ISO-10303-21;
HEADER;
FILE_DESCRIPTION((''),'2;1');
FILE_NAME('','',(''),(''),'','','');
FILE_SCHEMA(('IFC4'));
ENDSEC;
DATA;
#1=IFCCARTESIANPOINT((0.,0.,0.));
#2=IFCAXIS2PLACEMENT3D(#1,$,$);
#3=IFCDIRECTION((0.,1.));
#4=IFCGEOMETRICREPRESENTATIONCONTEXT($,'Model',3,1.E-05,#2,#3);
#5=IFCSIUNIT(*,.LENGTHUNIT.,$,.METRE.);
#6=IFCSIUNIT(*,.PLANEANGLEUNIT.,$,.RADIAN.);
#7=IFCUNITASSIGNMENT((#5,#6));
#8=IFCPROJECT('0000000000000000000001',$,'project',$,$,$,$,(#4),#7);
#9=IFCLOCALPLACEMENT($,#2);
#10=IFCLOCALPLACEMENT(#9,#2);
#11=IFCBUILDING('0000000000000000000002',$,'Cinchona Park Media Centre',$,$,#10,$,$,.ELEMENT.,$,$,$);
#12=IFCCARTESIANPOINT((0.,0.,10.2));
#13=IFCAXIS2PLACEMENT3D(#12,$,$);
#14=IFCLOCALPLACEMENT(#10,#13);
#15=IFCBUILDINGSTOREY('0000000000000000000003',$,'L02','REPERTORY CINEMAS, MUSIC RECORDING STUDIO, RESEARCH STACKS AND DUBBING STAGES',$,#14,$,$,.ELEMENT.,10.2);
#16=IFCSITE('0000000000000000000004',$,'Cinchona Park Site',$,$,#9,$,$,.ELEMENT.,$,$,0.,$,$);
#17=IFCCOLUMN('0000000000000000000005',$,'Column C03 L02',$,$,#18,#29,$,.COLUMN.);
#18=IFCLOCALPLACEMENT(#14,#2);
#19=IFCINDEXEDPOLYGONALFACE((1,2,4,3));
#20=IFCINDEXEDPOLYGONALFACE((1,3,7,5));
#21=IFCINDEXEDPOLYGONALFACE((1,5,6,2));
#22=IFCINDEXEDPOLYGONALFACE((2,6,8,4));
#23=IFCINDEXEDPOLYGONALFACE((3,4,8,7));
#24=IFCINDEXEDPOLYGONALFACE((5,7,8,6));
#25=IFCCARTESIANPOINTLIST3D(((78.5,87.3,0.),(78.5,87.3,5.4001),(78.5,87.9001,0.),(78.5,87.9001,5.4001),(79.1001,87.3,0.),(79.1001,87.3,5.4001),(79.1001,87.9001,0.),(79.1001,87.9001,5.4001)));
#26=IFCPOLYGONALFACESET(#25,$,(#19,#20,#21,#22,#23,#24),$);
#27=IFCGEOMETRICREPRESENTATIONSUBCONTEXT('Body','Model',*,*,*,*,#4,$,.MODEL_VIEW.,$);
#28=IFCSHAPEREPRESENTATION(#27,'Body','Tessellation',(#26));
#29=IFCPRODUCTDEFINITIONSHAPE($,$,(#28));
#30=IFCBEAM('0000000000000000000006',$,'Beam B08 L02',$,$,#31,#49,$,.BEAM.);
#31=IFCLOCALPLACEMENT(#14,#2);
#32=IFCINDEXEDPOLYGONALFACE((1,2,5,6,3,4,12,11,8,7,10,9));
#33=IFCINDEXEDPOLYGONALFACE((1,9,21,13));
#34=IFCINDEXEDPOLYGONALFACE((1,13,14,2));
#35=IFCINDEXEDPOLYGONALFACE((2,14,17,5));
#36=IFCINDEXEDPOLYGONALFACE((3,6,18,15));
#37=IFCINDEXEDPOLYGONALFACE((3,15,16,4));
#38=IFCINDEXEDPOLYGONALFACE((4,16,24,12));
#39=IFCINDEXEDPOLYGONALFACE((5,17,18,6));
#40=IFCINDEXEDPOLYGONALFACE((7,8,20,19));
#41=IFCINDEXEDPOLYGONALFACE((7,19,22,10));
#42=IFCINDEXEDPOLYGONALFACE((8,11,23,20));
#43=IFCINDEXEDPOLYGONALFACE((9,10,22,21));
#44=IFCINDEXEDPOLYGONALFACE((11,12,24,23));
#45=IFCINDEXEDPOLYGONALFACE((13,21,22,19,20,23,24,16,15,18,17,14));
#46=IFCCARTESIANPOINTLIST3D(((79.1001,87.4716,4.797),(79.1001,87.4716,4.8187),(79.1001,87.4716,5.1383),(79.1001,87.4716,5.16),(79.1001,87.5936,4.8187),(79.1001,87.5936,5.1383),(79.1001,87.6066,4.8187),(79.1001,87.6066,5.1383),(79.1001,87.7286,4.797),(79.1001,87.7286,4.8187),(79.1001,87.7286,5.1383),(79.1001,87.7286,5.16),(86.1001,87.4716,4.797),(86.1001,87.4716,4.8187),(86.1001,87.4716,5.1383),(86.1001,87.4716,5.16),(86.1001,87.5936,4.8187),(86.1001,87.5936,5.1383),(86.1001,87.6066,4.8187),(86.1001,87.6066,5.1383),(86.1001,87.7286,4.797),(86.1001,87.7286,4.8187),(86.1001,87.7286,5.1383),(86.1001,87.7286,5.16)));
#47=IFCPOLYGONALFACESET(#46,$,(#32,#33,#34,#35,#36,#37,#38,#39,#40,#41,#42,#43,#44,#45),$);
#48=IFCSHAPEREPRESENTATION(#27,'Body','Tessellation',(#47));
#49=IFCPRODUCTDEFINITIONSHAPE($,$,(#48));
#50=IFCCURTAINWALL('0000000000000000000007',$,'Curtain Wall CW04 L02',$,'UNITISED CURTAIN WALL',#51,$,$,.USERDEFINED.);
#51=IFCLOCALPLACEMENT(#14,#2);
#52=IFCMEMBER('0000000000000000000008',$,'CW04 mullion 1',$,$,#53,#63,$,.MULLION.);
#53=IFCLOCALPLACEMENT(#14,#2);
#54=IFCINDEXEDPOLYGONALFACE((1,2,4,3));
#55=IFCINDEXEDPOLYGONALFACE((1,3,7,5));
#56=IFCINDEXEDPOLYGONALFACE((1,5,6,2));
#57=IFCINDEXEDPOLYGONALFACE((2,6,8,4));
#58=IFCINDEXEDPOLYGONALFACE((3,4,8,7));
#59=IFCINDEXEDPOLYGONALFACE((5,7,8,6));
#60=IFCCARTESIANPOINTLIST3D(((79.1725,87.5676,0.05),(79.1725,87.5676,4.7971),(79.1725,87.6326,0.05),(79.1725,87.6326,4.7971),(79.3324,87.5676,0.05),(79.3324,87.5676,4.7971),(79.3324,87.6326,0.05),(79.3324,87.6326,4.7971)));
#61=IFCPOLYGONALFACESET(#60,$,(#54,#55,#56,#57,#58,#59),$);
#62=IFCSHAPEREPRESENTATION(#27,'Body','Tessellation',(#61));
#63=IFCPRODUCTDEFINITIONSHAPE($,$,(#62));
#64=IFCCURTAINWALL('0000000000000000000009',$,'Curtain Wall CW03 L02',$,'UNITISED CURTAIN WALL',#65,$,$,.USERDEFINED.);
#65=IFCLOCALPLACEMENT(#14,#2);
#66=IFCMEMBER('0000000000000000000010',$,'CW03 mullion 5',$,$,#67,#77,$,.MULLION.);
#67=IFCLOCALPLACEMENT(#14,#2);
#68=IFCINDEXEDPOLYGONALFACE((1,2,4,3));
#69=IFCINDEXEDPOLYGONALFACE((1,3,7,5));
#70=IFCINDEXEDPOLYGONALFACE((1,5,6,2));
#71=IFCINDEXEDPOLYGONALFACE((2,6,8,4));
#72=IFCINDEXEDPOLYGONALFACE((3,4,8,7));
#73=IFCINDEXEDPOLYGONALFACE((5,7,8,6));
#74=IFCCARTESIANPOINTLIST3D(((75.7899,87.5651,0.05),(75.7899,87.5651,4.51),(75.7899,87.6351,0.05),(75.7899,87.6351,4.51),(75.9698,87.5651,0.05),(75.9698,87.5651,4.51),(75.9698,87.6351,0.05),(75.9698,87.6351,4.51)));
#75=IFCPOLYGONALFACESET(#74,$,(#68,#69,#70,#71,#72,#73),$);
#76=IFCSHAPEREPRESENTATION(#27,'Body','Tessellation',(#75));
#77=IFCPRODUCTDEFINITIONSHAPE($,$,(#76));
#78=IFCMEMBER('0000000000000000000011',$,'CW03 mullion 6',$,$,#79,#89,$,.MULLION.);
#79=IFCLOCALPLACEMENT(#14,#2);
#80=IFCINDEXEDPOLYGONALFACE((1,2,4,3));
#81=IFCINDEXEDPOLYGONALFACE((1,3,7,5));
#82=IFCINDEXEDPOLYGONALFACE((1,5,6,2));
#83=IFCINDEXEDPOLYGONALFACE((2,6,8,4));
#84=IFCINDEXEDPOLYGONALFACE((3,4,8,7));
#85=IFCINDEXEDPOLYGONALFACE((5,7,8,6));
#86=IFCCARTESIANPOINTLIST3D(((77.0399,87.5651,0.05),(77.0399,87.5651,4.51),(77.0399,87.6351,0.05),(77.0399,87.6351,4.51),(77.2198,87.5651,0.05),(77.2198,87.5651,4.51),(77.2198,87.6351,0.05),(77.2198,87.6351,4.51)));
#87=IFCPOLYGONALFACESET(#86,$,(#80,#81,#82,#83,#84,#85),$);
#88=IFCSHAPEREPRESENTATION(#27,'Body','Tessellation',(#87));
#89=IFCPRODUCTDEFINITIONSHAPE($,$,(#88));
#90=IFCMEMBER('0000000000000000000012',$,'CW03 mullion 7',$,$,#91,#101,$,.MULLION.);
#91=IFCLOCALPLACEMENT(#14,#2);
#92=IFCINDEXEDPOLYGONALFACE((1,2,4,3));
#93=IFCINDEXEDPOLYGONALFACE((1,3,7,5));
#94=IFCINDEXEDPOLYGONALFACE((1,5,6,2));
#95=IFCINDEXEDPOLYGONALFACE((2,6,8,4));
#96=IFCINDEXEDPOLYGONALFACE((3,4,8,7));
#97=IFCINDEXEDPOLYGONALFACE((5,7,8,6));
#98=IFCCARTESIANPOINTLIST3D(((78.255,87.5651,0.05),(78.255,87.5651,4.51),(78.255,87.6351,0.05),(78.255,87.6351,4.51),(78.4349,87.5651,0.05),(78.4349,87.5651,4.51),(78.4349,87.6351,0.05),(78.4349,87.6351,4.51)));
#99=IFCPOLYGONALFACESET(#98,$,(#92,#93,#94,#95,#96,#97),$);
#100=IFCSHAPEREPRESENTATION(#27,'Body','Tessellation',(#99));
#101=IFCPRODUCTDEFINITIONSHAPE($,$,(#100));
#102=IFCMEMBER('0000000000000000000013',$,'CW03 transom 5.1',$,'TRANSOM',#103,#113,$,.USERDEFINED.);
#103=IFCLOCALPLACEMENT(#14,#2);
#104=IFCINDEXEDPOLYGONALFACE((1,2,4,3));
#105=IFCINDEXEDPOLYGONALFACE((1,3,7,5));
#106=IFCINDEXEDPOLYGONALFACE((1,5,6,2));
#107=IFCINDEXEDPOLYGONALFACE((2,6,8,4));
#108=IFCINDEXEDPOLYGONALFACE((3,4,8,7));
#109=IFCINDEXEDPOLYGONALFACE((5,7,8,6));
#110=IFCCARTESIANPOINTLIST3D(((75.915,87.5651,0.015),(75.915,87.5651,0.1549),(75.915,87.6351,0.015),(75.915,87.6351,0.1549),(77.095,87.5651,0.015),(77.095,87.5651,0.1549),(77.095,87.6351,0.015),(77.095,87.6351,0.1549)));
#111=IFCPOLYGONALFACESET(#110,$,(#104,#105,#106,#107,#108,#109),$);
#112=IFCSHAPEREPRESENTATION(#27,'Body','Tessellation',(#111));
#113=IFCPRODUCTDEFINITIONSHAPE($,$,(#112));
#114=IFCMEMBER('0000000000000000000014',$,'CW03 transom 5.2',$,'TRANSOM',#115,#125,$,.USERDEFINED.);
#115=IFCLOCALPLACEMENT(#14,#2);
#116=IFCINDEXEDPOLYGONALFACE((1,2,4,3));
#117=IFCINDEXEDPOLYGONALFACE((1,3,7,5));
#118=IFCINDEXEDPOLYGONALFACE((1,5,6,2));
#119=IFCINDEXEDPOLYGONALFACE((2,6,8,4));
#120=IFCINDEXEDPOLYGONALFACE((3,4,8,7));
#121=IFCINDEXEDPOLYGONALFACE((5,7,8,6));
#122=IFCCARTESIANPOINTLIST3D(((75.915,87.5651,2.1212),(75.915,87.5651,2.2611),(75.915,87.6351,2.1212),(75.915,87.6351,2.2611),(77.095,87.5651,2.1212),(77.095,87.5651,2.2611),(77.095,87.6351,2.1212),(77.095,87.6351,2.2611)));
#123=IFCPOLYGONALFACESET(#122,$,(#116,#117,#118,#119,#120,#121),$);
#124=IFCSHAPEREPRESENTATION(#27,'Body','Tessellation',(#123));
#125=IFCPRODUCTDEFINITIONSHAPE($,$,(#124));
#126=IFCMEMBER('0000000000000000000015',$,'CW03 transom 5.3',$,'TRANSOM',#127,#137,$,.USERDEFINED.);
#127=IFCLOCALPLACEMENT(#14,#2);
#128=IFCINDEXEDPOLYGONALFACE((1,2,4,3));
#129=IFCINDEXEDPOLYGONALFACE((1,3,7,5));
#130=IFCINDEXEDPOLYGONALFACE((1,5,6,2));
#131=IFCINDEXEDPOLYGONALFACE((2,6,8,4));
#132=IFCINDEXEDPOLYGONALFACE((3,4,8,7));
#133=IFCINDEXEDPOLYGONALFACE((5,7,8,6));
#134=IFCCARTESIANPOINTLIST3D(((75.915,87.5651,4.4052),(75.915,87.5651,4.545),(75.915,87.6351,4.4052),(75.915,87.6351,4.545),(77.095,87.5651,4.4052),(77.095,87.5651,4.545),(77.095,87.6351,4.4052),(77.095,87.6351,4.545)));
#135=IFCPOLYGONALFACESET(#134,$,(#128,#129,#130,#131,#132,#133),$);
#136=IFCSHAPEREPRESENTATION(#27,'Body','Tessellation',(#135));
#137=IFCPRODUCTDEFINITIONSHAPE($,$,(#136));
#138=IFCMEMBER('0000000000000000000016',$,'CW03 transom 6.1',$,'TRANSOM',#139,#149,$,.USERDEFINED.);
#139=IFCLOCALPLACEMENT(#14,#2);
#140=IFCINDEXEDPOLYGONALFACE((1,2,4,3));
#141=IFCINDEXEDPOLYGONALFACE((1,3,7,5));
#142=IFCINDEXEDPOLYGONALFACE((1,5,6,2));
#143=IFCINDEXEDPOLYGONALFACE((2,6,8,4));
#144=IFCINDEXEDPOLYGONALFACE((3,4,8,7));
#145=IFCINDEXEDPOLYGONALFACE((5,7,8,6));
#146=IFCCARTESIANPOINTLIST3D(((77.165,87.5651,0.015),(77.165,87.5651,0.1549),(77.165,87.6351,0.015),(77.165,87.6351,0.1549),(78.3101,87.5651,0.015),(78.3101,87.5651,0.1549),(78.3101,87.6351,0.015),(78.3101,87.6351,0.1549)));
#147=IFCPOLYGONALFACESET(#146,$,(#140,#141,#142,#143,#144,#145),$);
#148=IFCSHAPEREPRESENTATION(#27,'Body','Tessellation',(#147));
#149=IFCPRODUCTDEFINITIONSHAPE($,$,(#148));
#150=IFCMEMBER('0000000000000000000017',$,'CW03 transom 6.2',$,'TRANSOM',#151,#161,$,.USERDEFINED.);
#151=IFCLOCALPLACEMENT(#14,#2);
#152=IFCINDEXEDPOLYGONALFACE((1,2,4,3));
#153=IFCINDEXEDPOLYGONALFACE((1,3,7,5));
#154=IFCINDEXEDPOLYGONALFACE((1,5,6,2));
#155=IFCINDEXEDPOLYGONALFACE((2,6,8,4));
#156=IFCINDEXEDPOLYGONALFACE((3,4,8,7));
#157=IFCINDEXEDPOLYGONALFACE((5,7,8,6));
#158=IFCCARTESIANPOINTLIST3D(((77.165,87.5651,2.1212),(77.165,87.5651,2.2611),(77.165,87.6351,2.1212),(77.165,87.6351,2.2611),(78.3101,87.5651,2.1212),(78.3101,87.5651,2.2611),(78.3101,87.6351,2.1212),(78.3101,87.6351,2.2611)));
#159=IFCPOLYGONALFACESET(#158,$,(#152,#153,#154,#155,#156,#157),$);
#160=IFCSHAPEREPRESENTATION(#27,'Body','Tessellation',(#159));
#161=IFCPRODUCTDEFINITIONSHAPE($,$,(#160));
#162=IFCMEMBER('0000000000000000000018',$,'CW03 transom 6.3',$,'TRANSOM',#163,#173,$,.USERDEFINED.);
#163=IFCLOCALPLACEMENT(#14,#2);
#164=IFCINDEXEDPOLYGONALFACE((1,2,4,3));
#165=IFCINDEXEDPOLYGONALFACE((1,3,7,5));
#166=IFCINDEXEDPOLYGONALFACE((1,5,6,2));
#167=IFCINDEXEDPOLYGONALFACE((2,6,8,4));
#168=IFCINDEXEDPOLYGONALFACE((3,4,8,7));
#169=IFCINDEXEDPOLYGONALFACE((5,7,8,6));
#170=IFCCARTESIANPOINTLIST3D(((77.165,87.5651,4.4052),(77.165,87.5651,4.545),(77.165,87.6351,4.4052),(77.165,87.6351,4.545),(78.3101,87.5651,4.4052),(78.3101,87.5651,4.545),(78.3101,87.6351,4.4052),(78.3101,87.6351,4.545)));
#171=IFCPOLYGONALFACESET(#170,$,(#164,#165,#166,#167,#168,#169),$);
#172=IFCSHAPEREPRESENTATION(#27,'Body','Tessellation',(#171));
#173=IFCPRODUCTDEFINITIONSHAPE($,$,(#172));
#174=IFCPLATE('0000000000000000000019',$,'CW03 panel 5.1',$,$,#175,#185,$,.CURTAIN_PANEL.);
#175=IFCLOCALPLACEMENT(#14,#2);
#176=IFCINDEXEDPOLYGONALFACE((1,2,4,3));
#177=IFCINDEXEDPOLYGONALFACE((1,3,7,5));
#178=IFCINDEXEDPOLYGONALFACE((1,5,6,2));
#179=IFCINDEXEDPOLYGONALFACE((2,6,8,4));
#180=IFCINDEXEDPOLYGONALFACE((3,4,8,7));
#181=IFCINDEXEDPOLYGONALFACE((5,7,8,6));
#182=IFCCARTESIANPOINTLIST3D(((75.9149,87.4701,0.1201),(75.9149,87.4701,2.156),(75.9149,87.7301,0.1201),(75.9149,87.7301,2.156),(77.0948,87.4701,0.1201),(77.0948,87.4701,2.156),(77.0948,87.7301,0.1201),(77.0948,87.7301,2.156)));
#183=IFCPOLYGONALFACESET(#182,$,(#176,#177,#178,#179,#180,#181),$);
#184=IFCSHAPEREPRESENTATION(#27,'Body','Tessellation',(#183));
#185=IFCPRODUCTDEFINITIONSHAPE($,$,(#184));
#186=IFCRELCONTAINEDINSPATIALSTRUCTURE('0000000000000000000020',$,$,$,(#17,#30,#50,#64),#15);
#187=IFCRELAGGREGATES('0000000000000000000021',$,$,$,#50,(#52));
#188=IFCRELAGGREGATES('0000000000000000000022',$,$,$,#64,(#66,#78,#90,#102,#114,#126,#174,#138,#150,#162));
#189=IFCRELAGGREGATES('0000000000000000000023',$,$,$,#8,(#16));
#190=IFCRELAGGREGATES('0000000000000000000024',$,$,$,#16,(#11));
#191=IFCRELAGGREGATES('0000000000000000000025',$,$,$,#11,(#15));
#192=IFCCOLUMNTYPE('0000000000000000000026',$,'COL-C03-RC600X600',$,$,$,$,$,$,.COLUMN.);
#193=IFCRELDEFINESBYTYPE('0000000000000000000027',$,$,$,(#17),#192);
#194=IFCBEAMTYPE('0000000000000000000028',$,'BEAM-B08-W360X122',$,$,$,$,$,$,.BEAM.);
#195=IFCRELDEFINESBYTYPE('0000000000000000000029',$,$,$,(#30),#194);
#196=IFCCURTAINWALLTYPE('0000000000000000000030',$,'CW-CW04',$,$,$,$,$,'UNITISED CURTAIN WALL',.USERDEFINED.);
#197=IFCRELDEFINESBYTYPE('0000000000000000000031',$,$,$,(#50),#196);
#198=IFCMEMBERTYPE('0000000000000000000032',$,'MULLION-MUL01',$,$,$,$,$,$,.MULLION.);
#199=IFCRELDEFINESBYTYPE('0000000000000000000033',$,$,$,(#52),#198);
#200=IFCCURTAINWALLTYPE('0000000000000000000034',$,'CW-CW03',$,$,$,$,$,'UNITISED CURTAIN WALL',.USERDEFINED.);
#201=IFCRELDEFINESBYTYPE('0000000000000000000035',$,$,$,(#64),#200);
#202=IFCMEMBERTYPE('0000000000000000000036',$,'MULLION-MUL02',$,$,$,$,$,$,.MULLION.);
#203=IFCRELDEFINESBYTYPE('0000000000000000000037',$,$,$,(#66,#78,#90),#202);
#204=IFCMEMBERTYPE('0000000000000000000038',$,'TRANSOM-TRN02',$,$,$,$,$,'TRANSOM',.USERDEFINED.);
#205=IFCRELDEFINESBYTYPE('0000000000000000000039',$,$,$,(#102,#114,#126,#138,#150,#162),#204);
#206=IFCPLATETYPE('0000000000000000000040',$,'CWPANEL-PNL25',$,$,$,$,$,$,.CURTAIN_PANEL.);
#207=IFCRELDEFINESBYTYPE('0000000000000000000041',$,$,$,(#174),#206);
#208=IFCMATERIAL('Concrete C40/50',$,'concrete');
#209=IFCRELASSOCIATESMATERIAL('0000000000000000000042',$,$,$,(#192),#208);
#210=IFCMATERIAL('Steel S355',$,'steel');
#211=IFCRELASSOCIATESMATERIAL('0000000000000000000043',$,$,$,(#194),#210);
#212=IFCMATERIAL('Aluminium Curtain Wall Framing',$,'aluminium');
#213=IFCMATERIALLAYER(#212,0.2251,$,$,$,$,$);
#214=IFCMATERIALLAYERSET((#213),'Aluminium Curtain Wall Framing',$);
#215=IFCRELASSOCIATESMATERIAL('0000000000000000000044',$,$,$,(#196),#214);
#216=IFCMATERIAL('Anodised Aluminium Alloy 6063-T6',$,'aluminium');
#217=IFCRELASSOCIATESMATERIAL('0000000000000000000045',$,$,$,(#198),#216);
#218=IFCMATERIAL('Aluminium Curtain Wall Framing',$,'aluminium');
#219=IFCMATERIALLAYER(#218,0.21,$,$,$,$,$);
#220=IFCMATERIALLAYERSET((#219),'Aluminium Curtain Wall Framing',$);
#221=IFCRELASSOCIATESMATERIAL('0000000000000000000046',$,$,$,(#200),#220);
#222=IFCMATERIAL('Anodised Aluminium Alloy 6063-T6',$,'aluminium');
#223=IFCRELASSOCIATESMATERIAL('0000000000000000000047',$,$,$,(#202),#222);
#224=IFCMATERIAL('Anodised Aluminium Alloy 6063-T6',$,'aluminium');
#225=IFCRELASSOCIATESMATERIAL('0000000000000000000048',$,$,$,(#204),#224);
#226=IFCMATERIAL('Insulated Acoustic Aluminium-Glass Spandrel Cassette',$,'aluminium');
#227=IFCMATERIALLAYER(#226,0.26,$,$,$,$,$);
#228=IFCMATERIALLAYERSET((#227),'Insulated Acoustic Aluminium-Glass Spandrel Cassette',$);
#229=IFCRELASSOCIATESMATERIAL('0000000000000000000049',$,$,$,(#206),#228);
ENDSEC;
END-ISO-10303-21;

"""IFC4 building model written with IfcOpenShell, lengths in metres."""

from ifc_helpers import new_model, si_unit, direction, frame, origin, origin_2d, place, context, subcontext, project, spatial, rectangle, i_section, extrude, material, layer, layer_set, material_profile, profile_set, type_object, element, aggregate, save


model = new_model("IFC4")

# Units and contexts
model_context = context("Model", 3, precision=1e-05, world=origin(), true_north=direction((0.0, 1.0)))
body_context = subcontext(model_context, "Body", "Model", "MODEL_VIEW")
ifc_project = project(units=[si_unit("LENGTHUNIT", "METRE"), si_unit("PLANEANGLEUNIT", "RADIAN")], contexts=[model_context])

# Site, building, storey
site_placement = place(None, origin())
site = spatial("IfcSite", under=ifc_project, at=site_placement, Name="Cinchona Park Site", CompositionType="ELEMENT", RefElevation=0.0)
building_placement = place(site_placement, origin())
building = spatial("IfcBuilding", under=site, at=building_placement, Name="Cinchona Park Media Centre", CompositionType="ELEMENT")
storey_placement = place(building_placement, frame((0.0, 0.0, 10.2)))
storey = spatial("IfcBuildingStorey", under=building, at=storey_placement, Name="L02", Description="REPERTORY CINEMAS, MUSIC RECORDING STUDIO, RESEARCH STACKS AND DUBBING STAGES", CompositionType="ELEMENT", Elevation=10.2)

# Column
ifc_material_1 = material(Name="Concrete C40/50", Category="concrete")
ifc_material_profile_1 = material_profile(ifc_material_1, rectangle(XDim=0.6001, YDim=0.6001, at=origin_2d()), Name="RC 600X600")
ifc_profile_set_1 = profile_set([ifc_material_profile_1], Name="Concrete C40/50")
column_type = type_object("IfcColumnType", Name="COL-C03-RC600X600", PredefinedType="COLUMN", material=ifc_profile_set_1)
column_placement = place(storey_placement, frame((78.8, 87.6001, 0.0), z_axis=(0.0, 0.0, 1.0), x_axis=(1.0, 0.0, 0.0)))
element("IfcColumn", 1, at=column_placement, inside=storey, type_object=column_type, Name="Column C03 L02", PredefinedType="COLUMN", context=body_context, shape_type="SweptSolid", body=[
    extrude(rectangle(XDim=0.6001, YDim=0.6001, at=origin_2d()), origin(), (0.0, 0.0, 1.0), 5.4001),
])

# Beam
ifc_material_2 = material(Name="Steel S355", Category="steel")
ifc_material_profile_2 = material_profile(ifc_material_2, i_section(OverallWidth=0.2571, OverallDepth=0.363, WebThickness=0.0129, FlangeThickness=0.0217, at=origin_2d()), Name="W360X122")
ifc_profile_set_2 = profile_set([ifc_material_profile_2], Name="Steel S355")
beam_type = type_object("IfcBeamType", Name="BEAM-B08-W360X122", PredefinedType="BEAM", material=ifc_profile_set_2)
beam_placement = place(storey_placement, frame((79.1001, 87.6001, 4.9785), z_axis=(1.0, 0.0, 0.0), x_axis=(0.0, 1.0, 0.0)))
element("IfcBeam", 2, at=beam_placement, inside=storey, type_object=beam_type, Name="Beam B08 L02", PredefinedType="BEAM", context=body_context, shape_type="SweptSolid", body=[
    extrude(i_section(OverallWidth=0.2571, OverallDepth=0.363, WebThickness=0.0129, FlangeThickness=0.0217, at=origin_2d()), origin(), (0.0, 0.0, 1.0), 7.0),
])

# Curtain wall, member
ifc_material_3 = material(Name="Aluminium Curtain Wall Framing", Category="aluminium")
ifc_layer_1 = layer(ifc_material_3, 0.2251)
ifc_layer_set_1 = layer_set([ifc_layer_1], Name="Aluminium Curtain Wall Framing")
curtain_wall_type_1 = type_object("IfcCurtainWallType", Name="CW-CW04", ElementType="UNITISED CURTAIN WALL", PredefinedType="USERDEFINED", material=ifc_layer_set_1)
curtain_wall_1_placement = place(storey_placement, origin())
curtain_wall_1 = element("IfcCurtainWall", 3, at=curtain_wall_1_placement, inside=storey, type_object=curtain_wall_type_1, Name="Curtain Wall CW04 L02", ObjectType="UNITISED CURTAIN WALL", PredefinedType="USERDEFINED")
ifc_material_4 = material(Name="Anodised Aluminium Alloy 6063-T6", Category="aluminium")
ifc_material_profile_3 = material_profile(ifc_material_4, rectangle(XDim=0.0649, YDim=0.1599, at=origin_2d()), Name="MUL-65X160")
ifc_profile_set_3 = profile_set([ifc_material_profile_3], Name="Anodised Aluminium Alloy 6063-T6")
member_type_1 = type_object("IfcMemberType", Name="MULLION-MUL01", PredefinedType="MULLION", material=ifc_profile_set_3)
member_1_placement = place(storey_placement, frame((79.2524, 87.6001, 0.05), z_axis=(0.0, 0.0, 1.0), x_axis=(0.0, 1.0, 0.0)))
member_1 = element("IfcMember", 4, at=member_1_placement, type_object=member_type_1, Name="CW04 mullion 1", PredefinedType="MULLION", context=body_context, shape_type="SweptSolid", body=[
    extrude(rectangle(XDim=0.0649, YDim=0.1599, at=origin_2d()), origin(), (0.0, 0.0, 1.0), 4.7471),
])
aggregate(curtain_wall_1, [member_1])

# Curtain wall, members, plate
ifc_material_5 = material(Name="Aluminium Curtain Wall Framing", Category="aluminium")
ifc_layer_2 = layer(ifc_material_5, 0.21)
ifc_layer_set_2 = layer_set([ifc_layer_2], Name="Aluminium Curtain Wall Framing")
curtain_wall_type_2 = type_object("IfcCurtainWallType", Name="CW-CW03", ElementType="UNITISED CURTAIN WALL", PredefinedType="USERDEFINED", material=ifc_layer_set_2)
curtain_wall_2_placement = place(storey_placement, origin())
curtain_wall_2 = element("IfcCurtainWall", 5, at=curtain_wall_2_placement, inside=storey, type_object=curtain_wall_type_2, Name="Curtain Wall CW03 L02", ObjectType="UNITISED CURTAIN WALL", PredefinedType="USERDEFINED")
ifc_material_6 = material(Name="Anodised Aluminium Alloy 6063-T6", Category="aluminium")
ifc_material_profile_4 = material_profile(ifc_material_6, rectangle(XDim=0.0701, YDim=0.1799, at=origin_2d()), Name="MUL-70X180")
ifc_profile_set_4 = profile_set([ifc_material_profile_4], Name="Anodised Aluminium Alloy 6063-T6")
member_type_2 = type_object("IfcMemberType", Name="MULLION-MUL02", PredefinedType="MULLION", material=ifc_profile_set_4)
member_2_placement = place(storey_placement, frame((75.8799, 87.6001, 0.05), z_axis=(0.0, 0.0, 1.0), x_axis=(0.0, 1.0, 0.0)))
member_2 = element("IfcMember", 6, at=member_2_placement, type_object=member_type_2, Name="CW03 mullion 5", PredefinedType="MULLION", context=body_context, shape_type="SweptSolid", body=[
    extrude(rectangle(XDim=0.0701, YDim=0.1799, at=origin_2d()), origin(), (0.0, 0.0, 1.0), 4.46),
])
member_3_placement = place(storey_placement, frame((77.1299, 87.6001, 0.05), z_axis=(0.0, 0.0, 1.0), x_axis=(0.0, 1.0, 0.0)))
member_3 = element("IfcMember", 7, at=member_3_placement, type_object=member_type_2, Name="CW03 mullion 6", PredefinedType="MULLION", context=body_context, shape_type="SweptSolid", body=[
    extrude(rectangle(XDim=0.0701, YDim=0.1799, at=origin_2d()), origin(), (0.0, 0.0, 1.0), 4.46),
])
member_4_placement = place(storey_placement, frame((78.345, 87.6001, 0.05), z_axis=(0.0, 0.0, 1.0), x_axis=(0.0, 1.0, 0.0)))
member_4 = element("IfcMember", 8, at=member_4_placement, type_object=member_type_2, Name="CW03 mullion 7", PredefinedType="MULLION", context=body_context, shape_type="SweptSolid", body=[
    extrude(rectangle(XDim=0.0701, YDim=0.1799, at=origin_2d()), origin(), (0.0, 0.0, 1.0), 4.46),
])
ifc_material_7 = material(Name="Anodised Aluminium Alloy 6063-T6", Category="aluminium")
ifc_material_profile_5 = material_profile(ifc_material_7, rectangle(XDim=0.0701, YDim=0.1399, at=origin_2d()), Name="TRN-70X140")
ifc_profile_set_5 = profile_set([ifc_material_profile_5], Name="Anodised Aluminium Alloy 6063-T6")
member_type_3 = type_object("IfcMemberType", Name="TRANSOM-TRN02", ElementType="TRANSOM", PredefinedType="USERDEFINED", material=ifc_profile_set_5)
member_5_placement = place(storey_placement, frame((75.915, 87.6001, 0.085), z_axis=(1.0, 0.0, 0.0), x_axis=(0.0, 1.0, 0.0)))
member_5 = element("IfcMember", 9, at=member_5_placement, type_object=member_type_3, Name="CW03 transom 5.1", ObjectType="TRANSOM", PredefinedType="USERDEFINED", context=body_context, shape_type="SweptSolid", body=[
    extrude(rectangle(XDim=0.0701, YDim=0.1399, at=origin_2d()), origin(), (0.0, 0.0, 1.0), 1.1799),
])
member_6_placement = place(storey_placement, frame((75.915, 87.6001, 2.1912), z_axis=(1.0, 0.0, 0.0), x_axis=(0.0, 1.0, 0.0)))
member_6 = element("IfcMember", 10, at=member_6_placement, type_object=member_type_3, Name="CW03 transom 5.2", ObjectType="TRANSOM", PredefinedType="USERDEFINED", context=body_context, shape_type="SweptSolid", body=[
    extrude(rectangle(XDim=0.0701, YDim=0.1399, at=origin_2d()), origin(), (0.0, 0.0, 1.0), 1.1799),
])
member_7_placement = place(storey_placement, frame((75.915, 87.6001, 4.4751), z_axis=(1.0, 0.0, 0.0), x_axis=(0.0, 1.0, 0.0)))
member_7 = element("IfcMember", 11, at=member_7_placement, type_object=member_type_3, Name="CW03 transom 5.3", ObjectType="TRANSOM", PredefinedType="USERDEFINED", context=body_context, shape_type="SweptSolid", body=[
    extrude(rectangle(XDim=0.0701, YDim=0.1399, at=origin_2d()), origin(), (0.0, 0.0, 1.0), 1.1799),
])
member_8_placement = place(storey_placement, frame((77.165, 87.6001, 0.085), z_axis=(1.0, 0.0, 0.0), x_axis=(0.0, 1.0, 0.0)))
member_8 = element("IfcMember", 12, at=member_8_placement, type_object=member_type_3, Name="CW03 transom 6.1", ObjectType="TRANSOM", PredefinedType="USERDEFINED", context=body_context, shape_type="SweptSolid", body=[
    extrude(rectangle(XDim=0.0701, YDim=0.1399, at=origin_2d()), origin(), (0.0, 0.0, 1.0), 1.145),
])
member_9_placement = place(storey_placement, frame((77.165, 87.6001, 2.1912), z_axis=(1.0, 0.0, 0.0), x_axis=(0.0, 1.0, 0.0)))
member_9 = element("IfcMember", 13, at=member_9_placement, type_object=member_type_3, Name="CW03 transom 6.2", ObjectType="TRANSOM", PredefinedType="USERDEFINED", context=body_context, shape_type="SweptSolid", body=[
    extrude(rectangle(XDim=0.0701, YDim=0.1399, at=origin_2d()), origin(), (0.0, 0.0, 1.0), 1.145),
])
member_10_placement = place(storey_placement, frame((77.165, 87.6001, 4.4751), z_axis=(1.0, 0.0, 0.0), x_axis=(0.0, 1.0, 0.0)))
member_10 = element("IfcMember", 14, at=member_10_placement, type_object=member_type_3, Name="CW03 transom 6.3", ObjectType="TRANSOM", PredefinedType="USERDEFINED", context=body_context, shape_type="SweptSolid", body=[
    extrude(rectangle(XDim=0.0701, YDim=0.1399, at=origin_2d()), origin(), (0.0, 0.0, 1.0), 1.145),
])
ifc_material_8 = material(Name="Insulated Acoustic Aluminium-Glass Spandrel Cassette", Category="aluminium")
ifc_layer_3 = layer(ifc_material_8, 0.26)
ifc_layer_set_3 = layer_set([ifc_layer_3], Name="Insulated Acoustic Aluminium-Glass Spandrel Cassette")
plate_type = type_object("IfcPlateType", Name="CWPANEL-PNL25", PredefinedType="CURTAIN_PANEL", material=ifc_layer_set_3)
plate_1_placement = place(storey_placement, frame((76.5049, 87.6001, 0.1201), z_axis=(0.0, 0.0, 1.0), x_axis=(1.0, 0.0, 0.0)))
plate_1 = element("IfcPlate", 15, at=plate_1_placement, type_object=plate_type, Name="CW03 panel 5.1", PredefinedType="CURTAIN_PANEL", context=body_context, shape_type="SweptSolid", body=[
    extrude(rectangle(XDim=1.1799, YDim=0.26, at=origin_2d()), origin(), (0.0, 0.0, 1.0), 2.0359),
])
aggregate(curtain_wall_2, [member_2, member_3, member_4, member_5, member_6, member_7, plate_1, member_8, member_9, member_10])

save(model, "model.ifc")
